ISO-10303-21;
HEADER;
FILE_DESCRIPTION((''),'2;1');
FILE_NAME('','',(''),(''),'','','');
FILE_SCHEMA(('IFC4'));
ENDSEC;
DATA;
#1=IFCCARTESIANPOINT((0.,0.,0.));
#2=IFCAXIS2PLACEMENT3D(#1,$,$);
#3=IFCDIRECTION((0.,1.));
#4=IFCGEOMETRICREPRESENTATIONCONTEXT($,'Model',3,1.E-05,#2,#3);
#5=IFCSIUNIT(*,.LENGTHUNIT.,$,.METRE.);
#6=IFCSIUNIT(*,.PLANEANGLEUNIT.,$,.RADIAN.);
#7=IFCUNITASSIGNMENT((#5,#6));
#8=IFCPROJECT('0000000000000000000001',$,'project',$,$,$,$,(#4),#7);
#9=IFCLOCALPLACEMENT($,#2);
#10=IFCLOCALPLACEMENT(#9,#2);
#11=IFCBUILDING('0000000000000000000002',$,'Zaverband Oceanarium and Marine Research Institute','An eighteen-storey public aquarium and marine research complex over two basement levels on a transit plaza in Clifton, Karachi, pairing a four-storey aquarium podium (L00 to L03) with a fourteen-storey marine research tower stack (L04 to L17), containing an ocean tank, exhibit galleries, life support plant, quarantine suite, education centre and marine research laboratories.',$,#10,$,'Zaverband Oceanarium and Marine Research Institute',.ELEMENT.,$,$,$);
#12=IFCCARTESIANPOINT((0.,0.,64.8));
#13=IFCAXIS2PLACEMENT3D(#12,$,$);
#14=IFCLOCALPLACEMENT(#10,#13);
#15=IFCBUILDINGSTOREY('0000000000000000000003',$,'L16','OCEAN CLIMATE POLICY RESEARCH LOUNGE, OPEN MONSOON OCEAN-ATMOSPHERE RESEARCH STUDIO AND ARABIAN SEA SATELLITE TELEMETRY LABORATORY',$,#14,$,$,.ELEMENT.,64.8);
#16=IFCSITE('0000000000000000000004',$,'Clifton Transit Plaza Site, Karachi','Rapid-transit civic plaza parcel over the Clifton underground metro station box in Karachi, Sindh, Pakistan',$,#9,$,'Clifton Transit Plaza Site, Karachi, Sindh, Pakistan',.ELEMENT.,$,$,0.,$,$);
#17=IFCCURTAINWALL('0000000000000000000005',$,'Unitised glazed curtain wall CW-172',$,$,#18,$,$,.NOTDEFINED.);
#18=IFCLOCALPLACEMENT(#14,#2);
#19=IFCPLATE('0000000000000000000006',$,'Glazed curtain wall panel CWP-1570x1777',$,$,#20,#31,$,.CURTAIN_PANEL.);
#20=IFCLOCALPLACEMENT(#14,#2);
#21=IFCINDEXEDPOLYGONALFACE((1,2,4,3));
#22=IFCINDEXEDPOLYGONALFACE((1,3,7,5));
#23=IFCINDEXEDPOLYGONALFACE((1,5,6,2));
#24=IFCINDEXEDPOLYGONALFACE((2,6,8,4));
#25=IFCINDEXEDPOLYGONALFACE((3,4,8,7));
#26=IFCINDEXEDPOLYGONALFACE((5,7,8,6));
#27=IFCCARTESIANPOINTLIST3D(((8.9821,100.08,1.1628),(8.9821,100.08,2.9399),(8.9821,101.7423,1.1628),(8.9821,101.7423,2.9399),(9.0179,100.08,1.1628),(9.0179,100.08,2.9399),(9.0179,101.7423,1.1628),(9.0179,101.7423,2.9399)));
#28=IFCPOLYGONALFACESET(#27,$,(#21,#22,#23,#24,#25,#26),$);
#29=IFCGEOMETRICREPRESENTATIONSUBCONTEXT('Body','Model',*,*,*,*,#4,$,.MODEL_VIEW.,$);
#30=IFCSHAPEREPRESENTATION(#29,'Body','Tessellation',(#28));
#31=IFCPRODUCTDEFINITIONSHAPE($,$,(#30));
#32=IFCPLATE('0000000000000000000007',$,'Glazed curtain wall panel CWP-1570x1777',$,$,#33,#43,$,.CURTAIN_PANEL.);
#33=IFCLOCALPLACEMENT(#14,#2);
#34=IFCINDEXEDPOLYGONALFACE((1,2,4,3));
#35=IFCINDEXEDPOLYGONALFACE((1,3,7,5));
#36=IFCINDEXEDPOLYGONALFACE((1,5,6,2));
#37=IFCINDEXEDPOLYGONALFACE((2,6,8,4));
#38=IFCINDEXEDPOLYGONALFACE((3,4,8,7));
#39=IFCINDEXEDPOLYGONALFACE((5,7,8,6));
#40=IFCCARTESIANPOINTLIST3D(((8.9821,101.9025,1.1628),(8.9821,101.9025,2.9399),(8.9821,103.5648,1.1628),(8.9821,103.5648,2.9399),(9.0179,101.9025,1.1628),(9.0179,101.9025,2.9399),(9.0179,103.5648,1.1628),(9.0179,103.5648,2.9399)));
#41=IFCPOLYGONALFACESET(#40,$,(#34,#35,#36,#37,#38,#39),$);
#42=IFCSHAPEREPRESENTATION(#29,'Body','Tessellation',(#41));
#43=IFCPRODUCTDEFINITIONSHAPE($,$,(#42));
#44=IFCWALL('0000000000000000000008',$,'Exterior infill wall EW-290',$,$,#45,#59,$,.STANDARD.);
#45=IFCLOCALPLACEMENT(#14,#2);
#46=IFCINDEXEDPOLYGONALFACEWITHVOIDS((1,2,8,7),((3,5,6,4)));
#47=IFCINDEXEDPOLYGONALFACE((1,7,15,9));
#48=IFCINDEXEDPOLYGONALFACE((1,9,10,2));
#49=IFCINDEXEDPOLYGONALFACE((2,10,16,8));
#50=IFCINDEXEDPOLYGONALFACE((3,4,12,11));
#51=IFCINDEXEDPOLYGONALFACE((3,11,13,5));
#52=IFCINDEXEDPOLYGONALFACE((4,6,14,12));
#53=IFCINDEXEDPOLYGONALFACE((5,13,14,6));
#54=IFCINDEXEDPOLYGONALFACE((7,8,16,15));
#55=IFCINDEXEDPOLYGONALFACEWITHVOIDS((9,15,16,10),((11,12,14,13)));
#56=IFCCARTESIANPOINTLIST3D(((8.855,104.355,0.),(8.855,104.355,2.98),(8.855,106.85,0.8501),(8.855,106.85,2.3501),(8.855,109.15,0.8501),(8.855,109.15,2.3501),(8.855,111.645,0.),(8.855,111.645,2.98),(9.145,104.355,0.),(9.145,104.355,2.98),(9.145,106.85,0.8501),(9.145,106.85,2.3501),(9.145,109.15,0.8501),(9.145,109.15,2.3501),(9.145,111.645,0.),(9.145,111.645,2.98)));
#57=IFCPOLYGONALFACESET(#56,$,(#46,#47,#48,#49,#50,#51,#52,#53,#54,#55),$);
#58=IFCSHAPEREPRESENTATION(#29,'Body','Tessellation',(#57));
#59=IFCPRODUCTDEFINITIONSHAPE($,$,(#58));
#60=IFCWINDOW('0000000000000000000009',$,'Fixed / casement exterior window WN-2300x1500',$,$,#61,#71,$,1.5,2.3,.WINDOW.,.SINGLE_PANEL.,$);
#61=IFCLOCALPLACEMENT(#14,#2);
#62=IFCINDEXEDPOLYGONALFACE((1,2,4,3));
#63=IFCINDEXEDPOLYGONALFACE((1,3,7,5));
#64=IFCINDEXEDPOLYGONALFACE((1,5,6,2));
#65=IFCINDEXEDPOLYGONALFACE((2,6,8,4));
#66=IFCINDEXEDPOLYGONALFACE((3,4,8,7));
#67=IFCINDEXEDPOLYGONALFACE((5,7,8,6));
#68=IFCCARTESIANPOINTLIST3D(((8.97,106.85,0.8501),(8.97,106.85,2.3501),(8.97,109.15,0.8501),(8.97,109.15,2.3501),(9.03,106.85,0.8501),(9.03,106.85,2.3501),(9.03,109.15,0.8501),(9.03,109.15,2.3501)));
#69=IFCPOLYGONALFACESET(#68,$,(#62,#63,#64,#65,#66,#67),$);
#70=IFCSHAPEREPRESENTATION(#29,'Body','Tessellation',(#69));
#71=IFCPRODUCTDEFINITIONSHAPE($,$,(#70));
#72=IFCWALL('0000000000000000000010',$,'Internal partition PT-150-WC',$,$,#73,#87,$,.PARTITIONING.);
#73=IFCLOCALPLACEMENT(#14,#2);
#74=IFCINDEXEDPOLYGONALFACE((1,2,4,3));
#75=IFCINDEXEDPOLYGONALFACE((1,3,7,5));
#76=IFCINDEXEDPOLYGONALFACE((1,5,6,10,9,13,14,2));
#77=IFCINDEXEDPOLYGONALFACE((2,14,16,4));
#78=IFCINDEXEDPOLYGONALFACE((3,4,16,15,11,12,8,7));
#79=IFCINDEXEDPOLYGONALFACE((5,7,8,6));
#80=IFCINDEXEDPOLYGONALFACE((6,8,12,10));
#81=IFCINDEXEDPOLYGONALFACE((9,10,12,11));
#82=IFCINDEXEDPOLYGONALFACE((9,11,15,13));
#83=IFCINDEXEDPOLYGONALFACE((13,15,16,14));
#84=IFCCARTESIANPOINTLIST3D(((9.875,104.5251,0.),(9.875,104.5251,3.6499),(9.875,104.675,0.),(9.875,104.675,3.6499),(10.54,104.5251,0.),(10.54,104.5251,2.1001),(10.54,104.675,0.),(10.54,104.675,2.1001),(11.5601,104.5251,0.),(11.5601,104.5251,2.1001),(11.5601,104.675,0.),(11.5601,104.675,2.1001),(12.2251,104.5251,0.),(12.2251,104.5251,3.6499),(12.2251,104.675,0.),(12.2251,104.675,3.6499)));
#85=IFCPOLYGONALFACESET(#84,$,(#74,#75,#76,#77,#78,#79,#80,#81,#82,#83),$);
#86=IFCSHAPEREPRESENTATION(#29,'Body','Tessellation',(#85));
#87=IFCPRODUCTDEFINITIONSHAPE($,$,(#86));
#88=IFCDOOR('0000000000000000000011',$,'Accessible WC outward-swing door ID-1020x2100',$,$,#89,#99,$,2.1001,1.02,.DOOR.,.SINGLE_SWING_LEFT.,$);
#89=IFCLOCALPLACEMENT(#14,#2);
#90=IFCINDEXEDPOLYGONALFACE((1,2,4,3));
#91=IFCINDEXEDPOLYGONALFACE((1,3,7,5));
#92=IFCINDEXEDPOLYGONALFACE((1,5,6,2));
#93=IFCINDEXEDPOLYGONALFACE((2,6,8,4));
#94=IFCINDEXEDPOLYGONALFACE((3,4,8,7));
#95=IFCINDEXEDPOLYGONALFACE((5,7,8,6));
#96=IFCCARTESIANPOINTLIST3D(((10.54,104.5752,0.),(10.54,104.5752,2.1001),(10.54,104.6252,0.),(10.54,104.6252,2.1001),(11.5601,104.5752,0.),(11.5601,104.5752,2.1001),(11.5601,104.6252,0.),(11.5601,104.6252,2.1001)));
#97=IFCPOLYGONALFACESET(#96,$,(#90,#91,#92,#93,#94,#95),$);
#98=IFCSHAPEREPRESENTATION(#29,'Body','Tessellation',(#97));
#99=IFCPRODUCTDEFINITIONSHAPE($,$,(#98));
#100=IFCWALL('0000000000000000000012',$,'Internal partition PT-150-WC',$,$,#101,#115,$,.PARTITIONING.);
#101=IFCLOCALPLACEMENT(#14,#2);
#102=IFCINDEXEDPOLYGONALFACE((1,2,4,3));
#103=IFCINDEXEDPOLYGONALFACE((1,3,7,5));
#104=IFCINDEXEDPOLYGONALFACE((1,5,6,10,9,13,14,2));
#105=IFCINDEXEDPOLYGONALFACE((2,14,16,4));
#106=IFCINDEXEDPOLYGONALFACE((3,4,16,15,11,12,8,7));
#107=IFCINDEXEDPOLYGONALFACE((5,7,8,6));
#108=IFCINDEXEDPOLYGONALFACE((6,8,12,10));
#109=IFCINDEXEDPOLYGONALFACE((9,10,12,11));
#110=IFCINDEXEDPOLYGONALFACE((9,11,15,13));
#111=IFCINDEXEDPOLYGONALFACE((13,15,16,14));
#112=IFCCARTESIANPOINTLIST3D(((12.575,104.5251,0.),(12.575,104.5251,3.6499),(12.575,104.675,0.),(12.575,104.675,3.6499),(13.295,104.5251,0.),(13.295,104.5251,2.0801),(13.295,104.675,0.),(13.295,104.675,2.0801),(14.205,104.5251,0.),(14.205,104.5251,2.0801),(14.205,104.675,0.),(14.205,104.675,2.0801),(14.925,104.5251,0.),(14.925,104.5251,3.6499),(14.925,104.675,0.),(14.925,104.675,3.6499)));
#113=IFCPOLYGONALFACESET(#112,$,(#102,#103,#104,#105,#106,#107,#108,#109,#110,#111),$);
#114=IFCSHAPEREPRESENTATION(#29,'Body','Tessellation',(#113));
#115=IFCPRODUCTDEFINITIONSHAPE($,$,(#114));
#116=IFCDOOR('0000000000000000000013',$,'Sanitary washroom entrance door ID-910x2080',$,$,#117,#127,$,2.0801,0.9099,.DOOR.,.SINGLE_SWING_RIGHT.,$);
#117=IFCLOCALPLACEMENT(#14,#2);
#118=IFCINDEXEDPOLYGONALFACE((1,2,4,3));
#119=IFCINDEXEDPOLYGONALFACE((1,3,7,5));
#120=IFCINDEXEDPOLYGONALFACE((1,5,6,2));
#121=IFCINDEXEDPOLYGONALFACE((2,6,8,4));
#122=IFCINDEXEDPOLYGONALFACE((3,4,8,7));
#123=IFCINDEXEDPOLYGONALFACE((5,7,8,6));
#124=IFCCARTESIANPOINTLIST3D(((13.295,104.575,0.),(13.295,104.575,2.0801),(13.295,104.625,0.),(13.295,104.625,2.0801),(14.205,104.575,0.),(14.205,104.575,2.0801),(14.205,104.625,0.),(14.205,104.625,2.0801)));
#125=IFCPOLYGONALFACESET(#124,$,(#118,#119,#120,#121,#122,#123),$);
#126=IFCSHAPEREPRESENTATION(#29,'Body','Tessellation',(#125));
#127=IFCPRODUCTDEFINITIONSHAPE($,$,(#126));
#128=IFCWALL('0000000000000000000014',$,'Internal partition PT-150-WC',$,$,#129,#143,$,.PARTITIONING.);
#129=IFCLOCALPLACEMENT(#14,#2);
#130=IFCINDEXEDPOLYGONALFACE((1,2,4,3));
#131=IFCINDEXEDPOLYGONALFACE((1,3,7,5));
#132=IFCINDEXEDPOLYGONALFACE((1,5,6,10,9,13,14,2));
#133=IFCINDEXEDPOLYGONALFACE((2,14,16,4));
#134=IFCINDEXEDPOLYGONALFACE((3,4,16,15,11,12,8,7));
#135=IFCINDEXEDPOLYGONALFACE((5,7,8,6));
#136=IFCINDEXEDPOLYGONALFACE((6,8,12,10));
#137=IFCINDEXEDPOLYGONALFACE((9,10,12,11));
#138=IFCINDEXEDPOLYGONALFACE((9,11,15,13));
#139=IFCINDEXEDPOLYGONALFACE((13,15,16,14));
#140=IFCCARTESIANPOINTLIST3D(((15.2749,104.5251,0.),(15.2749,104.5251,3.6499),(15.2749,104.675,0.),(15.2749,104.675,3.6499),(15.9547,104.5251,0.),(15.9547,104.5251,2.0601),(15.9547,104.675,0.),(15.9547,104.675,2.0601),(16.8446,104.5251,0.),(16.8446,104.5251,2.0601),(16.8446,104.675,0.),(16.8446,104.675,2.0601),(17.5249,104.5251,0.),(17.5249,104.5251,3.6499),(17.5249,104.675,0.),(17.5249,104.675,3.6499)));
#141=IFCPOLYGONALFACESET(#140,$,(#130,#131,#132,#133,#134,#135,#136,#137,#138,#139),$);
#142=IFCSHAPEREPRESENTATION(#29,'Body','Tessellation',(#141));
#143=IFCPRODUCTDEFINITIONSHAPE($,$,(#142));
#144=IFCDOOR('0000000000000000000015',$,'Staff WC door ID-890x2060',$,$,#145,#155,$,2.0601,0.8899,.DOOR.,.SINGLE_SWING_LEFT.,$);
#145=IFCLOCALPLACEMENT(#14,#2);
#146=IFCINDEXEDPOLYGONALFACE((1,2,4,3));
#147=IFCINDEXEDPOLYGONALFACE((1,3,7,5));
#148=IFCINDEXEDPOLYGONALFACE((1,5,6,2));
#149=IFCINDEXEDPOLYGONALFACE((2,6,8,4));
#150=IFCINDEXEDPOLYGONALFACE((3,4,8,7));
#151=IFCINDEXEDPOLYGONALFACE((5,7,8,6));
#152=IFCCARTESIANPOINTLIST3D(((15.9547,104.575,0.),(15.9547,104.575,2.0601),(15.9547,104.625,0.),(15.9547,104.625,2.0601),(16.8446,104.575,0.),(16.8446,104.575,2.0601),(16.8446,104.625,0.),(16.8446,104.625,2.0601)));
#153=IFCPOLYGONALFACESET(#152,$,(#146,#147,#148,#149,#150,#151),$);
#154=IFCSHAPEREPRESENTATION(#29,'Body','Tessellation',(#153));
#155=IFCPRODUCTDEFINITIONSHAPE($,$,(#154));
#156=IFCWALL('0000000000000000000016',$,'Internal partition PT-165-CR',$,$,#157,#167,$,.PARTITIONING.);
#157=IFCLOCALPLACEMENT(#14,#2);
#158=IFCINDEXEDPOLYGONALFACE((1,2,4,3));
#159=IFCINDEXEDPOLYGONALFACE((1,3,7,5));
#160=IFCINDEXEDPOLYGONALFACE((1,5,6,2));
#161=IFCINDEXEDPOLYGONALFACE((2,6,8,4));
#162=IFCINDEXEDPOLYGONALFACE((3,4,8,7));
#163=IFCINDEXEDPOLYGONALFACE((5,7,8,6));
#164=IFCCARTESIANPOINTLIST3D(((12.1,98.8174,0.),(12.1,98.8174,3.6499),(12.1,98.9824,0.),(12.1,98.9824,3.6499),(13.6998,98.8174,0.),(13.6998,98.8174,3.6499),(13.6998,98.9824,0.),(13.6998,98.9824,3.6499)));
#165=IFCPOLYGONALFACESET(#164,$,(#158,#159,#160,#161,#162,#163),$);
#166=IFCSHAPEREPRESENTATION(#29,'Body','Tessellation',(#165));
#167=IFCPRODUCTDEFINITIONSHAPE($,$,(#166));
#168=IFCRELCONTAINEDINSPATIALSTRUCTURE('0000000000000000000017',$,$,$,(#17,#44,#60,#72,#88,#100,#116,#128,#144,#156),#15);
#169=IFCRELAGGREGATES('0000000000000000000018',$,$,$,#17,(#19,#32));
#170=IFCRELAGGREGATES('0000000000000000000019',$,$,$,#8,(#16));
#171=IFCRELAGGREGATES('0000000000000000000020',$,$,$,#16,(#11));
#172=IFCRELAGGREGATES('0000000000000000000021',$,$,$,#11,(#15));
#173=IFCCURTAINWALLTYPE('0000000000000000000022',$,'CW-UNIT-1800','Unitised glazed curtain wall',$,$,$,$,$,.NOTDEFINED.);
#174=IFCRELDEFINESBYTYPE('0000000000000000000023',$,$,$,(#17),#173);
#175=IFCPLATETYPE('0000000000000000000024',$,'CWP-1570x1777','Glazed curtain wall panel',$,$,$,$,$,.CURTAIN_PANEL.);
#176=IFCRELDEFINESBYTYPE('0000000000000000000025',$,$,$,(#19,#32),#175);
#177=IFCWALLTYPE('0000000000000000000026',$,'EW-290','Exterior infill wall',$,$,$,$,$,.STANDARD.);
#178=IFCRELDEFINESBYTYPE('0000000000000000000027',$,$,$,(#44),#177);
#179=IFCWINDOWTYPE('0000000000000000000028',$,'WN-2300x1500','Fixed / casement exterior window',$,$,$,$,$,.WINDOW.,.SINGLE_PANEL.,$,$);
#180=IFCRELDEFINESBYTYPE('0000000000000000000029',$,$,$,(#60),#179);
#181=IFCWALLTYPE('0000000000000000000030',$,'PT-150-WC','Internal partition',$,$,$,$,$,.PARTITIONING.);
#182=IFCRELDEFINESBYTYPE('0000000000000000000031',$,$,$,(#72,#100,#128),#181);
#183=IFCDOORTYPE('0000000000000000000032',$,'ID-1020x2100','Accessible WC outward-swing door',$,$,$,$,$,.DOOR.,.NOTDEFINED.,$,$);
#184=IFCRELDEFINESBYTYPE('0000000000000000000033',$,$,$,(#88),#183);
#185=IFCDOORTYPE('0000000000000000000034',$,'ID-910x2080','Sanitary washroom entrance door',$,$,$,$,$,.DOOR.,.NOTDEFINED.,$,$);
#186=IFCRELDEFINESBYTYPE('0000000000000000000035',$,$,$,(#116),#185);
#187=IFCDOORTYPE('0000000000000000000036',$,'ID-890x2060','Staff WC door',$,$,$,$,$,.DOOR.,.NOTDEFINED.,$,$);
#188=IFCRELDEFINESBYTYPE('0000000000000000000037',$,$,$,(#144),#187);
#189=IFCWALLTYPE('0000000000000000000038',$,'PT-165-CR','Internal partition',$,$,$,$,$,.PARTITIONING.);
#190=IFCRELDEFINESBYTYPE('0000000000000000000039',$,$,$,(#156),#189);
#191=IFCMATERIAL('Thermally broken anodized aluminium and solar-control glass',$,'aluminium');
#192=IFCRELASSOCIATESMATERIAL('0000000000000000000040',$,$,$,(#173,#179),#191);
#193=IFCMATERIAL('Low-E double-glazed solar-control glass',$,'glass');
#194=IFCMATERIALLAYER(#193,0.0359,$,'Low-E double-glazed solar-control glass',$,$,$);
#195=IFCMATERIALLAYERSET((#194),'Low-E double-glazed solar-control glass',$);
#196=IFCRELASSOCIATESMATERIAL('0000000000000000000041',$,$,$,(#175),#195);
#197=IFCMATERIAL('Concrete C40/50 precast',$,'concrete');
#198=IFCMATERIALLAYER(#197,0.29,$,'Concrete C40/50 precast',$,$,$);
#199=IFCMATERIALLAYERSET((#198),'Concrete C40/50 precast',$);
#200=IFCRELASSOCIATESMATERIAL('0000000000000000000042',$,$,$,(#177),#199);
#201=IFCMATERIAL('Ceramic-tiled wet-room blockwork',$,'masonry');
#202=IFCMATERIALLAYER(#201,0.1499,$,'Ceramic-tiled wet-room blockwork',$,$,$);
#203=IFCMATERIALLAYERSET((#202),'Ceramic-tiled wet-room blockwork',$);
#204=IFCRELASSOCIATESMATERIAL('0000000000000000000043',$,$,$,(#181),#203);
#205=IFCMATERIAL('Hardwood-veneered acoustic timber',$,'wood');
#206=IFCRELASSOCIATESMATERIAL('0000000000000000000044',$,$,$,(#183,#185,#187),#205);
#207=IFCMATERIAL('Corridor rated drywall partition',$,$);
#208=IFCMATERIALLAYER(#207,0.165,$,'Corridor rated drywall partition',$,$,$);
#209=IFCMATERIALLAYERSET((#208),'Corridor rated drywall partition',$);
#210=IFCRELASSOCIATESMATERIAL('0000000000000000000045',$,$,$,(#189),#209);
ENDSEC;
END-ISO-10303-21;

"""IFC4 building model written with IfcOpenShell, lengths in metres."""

from ifc_helpers import new_model, si_unit, direction, frame, frame_2d, origin, place, context, subcontext, project, spatial, rectangle, extrude, material, layer, layer_set, type_object, element, fill, aggregate, save


model = new_model("IFC4")

# Units and contexts
model_context = context("Model", 3, precision=1e-05, world=origin(), true_north=direction((0.0, 1.0)))
body_context = subcontext(model_context, "Body", "Model", "MODEL_VIEW")
ifc_project = project(units=[si_unit("LENGTHUNIT", "METRE"), si_unit("PLANEANGLEUNIT", "RADIAN")], contexts=[model_context])

# Site, building, storey
site_placement = place(None, origin())
site = spatial("IfcSite", under=ifc_project, at=site_placement, Name="Clifton Transit Plaza Site, Karachi", Description="Rapid-transit civic plaza parcel over the Clifton underground metro station box in Karachi, Sindh, Pakistan", LongName="Clifton Transit Plaza Site, Karachi, Sindh, Pakistan", CompositionType="ELEMENT", RefElevation=0.0)
building_placement = place(site_placement, origin())
building = spatial("IfcBuilding", under=site, at=building_placement, Name="Zaverband Oceanarium and Marine Research Institute", Description="An eighteen-storey public aquarium and marine research complex over two basement levels on a transit plaza in Clifton, Karachi, pairing a four-storey aquarium podium (L00 to L03) with a fourteen-storey marine research tower stack (L04 to L17), containing an ocean tank, exhibit galleries, life support plant, quarantine suite, education centre and marine research laboratories.", LongName="Zaverband Oceanarium and Marine Research Institute", CompositionType="ELEMENT")
storey_placement = place(building_placement, frame((0.0, 0.0, 64.8)))
storey = spatial("IfcBuildingStorey", under=building, at=storey_placement, Name="L16", Description="OCEAN CLIMATE POLICY RESEARCH LOUNGE, OPEN MONSOON OCEAN-ATMOSPHERE RESEARCH STUDIO AND ARABIAN SEA SATELLITE TELEMETRY LABORATORY", CompositionType="ELEMENT", Elevation=64.8)

# Curtain wall
ifc_material_1 = material(Name="Thermally broken anodized aluminium and solar-control glass", Category="aluminium")
curtain_wall_type = type_object("IfcCurtainWallType", Name="CW-UNIT-1800", Description="Unitised glazed curtain wall", PredefinedType="NOTDEFINED", material=ifc_material_1)
curtain_wall_placement = place(storey_placement, origin())
curtain_wall = element("IfcCurtainWall", 1, at=curtain_wall_placement, inside=storey, type_object=curtain_wall_type, Name="Unitised glazed curtain wall CW-172", PredefinedType="NOTDEFINED")

# Plates
ifc_material_2 = material(Name="Low-E double-glazed solar-control glass", Category="glass")
ifc_layer_1 = layer(ifc_material_2, 0.0359, Name="Low-E double-glazed solar-control glass")
ifc_layer_set_1 = layer_set([ifc_layer_1], Name="Low-E double-glazed solar-control glass")
plate_type_1 = type_object("IfcPlateType", Name="CWP-1570x1777", Description="Glazed curtain wall panel", PredefinedType="CURTAIN_PANEL", material=ifc_layer_set_1)
plate_1_placement = place(storey_placement, frame((9.0, 100.0801, 1.1628), z_axis=(0.0, 0.0, 1.0), x_axis=(0.0, 1.0, 0.0)))
plate_1 = element("IfcPlate", 2, at=plate_1_placement, type_object=plate_type_1, Name="Glazed curtain wall panel CWP-1570x1777", PredefinedType="CURTAIN_PANEL", context=body_context, shape_type="SweptSolid", body=[
    extrude(rectangle(XDim=1.6624, YDim=0.0359, at=frame_2d((0.8311, 0.0))), origin(), (0.0, 0.0, 1.0), 1.7771),
])
plate_2_placement = place(storey_placement, frame((9.0, 101.9026, 1.1628), z_axis=(0.0, 0.0, 1.0), x_axis=(0.0, 1.0, 0.0)))
plate_2 = element("IfcPlate", 3, at=plate_2_placement, type_object=plate_type_1, Name="Glazed curtain wall panel CWP-1570x1777", PredefinedType="CURTAIN_PANEL", context=body_context, shape_type="SweptSolid", body=[
    extrude(rectangle(XDim=1.6624, YDim=0.0359, at=frame_2d((0.8311, 0.0))), origin(), (0.0, 0.0, 1.0), 1.7771),
])
aggregate(curtain_wall, [plate_1, plate_2])

# Wall, opening, window
ifc_material_3 = material(Name="Concrete C40/50 precast", Category="concrete")
ifc_layer_2 = layer(ifc_material_3, 0.29, Name="Concrete C40/50 precast")
ifc_layer_set_2 = layer_set([ifc_layer_2], Name="Concrete C40/50 precast")
wall_type_1 = type_object("IfcWallType", Name="EW-290", Description="Exterior infill wall", PredefinedType="STANDARD", material=ifc_layer_set_2)
wall_1_placement = place(storey_placement, frame((9.0, 104.355, 0.0), z_axis=(0.0, 0.0, 1.0), x_axis=(0.0, 1.0, 0.0)))
wall_1 = element("IfcWall", 4, at=wall_1_placement, inside=storey, type_object=wall_type_1, Name="Exterior infill wall EW-290", PredefinedType="STANDARD", context=body_context, shape_type="SweptSolid", body=[
    extrude(rectangle(XDim=7.29, YDim=0.29, at=frame_2d((3.645, 0.0))), origin(), (0.0, 0.0, 1.0), 2.98),
])
opening_1_placement = place(wall_1_placement, frame((2.4951, 0.0, 0.8501)))
opening_1 = element("IfcOpeningElement", 5, at=opening_1_placement, cuts=wall_1, PredefinedType="OPENING", context=body_context, shape_type="SweptSolid", body=[
    extrude(rectangle(XDim=2.3, YDim=1.5, at=frame_2d((1.1499, 0.75))), frame((0.0, 0.157, 0.0), z_axis=(0.0, -1.0, 0.0), x_axis=(1.0, 0.0, 0.0)), (0.0, 0.0, 1.0), 0.314),
])
window_type = type_object("IfcWindowType", Name="WN-2300x1500", Description="Fixed / casement exterior window", PartitioningType="SINGLE_PANEL", PredefinedType="WINDOW", material=ifc_material_1)
window_placement = place(opening_1_placement, origin())
window = element("IfcWindow", 6, at=window_placement, inside=storey, type_object=window_type, Name="Fixed / casement exterior window WN-2300x1500", OverallHeight=1.5, OverallWidth=2.3, PartitioningType="SINGLE_PANEL", PredefinedType="WINDOW", context=body_context, shape_type="SweptSolid", body=[
    extrude(rectangle(XDim=2.3, YDim=1.5, at=frame_2d((1.1499, 0.75))), frame((0.0, 0.03, 0.0), z_axis=(0.0, -1.0, 0.0), x_axis=(1.0, 0.0, 0.0)), (0.0, 0.0, 1.0), 0.0601),
])
fill(opening_1, window)

# Walls, openings, doors
ifc_material_4 = material(Name="Ceramic-tiled wet-room blockwork", Category="masonry")
ifc_layer_3 = layer(ifc_material_4, 0.1499, Name="Ceramic-tiled wet-room blockwork")
ifc_layer_set_3 = layer_set([ifc_layer_3], Name="Ceramic-tiled wet-room blockwork")
wall_type_2 = type_object("IfcWallType", Name="PT-150-WC", Description="Internal partition", PredefinedType="PARTITIONING", material=ifc_layer_set_3)
wall_2_placement = place(storey_placement, frame((9.875, 104.6001, 0.0), z_axis=(0.0, 0.0, 1.0), x_axis=(1.0, 0.0, 0.0)))
wall_2 = element("IfcWall", 7, at=wall_2_placement, inside=storey, type_object=wall_type_2, Name="Internal partition PT-150-WC", PredefinedType="PARTITIONING", context=body_context, shape_type="SweptSolid", body=[
    extrude(rectangle(XDim=2.3501, YDim=0.1499, at=frame_2d((1.175, 0.0))), origin(), (0.0, 0.0, 1.0), 3.6499),
])
opening_2_placement = place(wall_2_placement, frame((0.665, 0.0, 0.0)))
opening_2 = element("IfcOpeningElement", 8, at=opening_2_placement, cuts=wall_2, PredefinedType="OPENING", context=body_context, shape_type="SweptSolid", body=[
    extrude(rectangle(XDim=1.02, YDim=2.1001, at=frame_2d((0.51, 1.05))), frame((0.0, 0.0869, 0.0), z_axis=(0.0, -1.0, 0.0), x_axis=(1.0, 0.0, 0.0)), (0.0, 0.0, 1.0), 0.1738),
])
ifc_material_5 = material(Name="Hardwood-veneered acoustic timber", Category="wood")
door_type_1 = type_object("IfcDoorType", Name="ID-1020x2100", Description="Accessible WC outward-swing door", OperationType="NOTDEFINED", PredefinedType="DOOR", material=ifc_material_5)
door_1_placement = place(opening_2_placement, frame((1.02, 0.0, 0.0), z_axis=(0.0, 0.0, 1.0), x_axis=(-1.0, 0.0, 0.0)))
door_1 = element("IfcDoor", 9, at=door_1_placement, inside=storey, type_object=door_type_1, Name="Accessible WC outward-swing door ID-1020x2100", OperationType="SINGLE_SWING_LEFT", OverallHeight=2.1001, OverallWidth=1.02, PredefinedType="DOOR", context=body_context, shape_type="SweptSolid", body=[
    extrude(rectangle(XDim=1.02, YDim=2.1001, at=frame_2d((0.51, 1.05))), frame((0.0, 0.0249, 0.0), z_axis=(0.0, -1.0, 0.0), x_axis=(1.0, 0.0, 0.0)), (0.0, 0.0, 1.0), 0.05),
])
fill(opening_2, door_1)
wall_3_placement = place(storey_placement, frame((12.575, 104.6001, 0.0), z_axis=(0.0, 0.0, 1.0), x_axis=(1.0, 0.0, 0.0)))
wall_3 = element("IfcWall", 10, at=wall_3_placement, inside=storey, type_object=wall_type_2, Name="Internal partition PT-150-WC", PredefinedType="PARTITIONING", context=body_context, shape_type="SweptSolid", body=[
    extrude(rectangle(XDim=2.3501, YDim=0.1499, at=frame_2d((1.175, 0.0))), origin(), (0.0, 0.0, 1.0), 3.6499),
])
opening_3_placement = place(wall_3_placement, frame((0.72, 0.0, 0.0)))
opening_3 = element("IfcOpeningElement", 11, at=opening_3_placement, cuts=wall_3, PredefinedType="OPENING", context=body_context, shape_type="SweptSolid", body=[
    extrude(rectangle(XDim=0.9099, YDim=2.0801, at=frame_2d((0.4551, 1.04))), frame((0.0, 0.0869, 0.0), z_axis=(0.0, -1.0, 0.0), x_axis=(1.0, 0.0, 0.0)), (0.0, 0.0, 1.0), 0.1738),
])
door_type_2 = type_object("IfcDoorType", Name="ID-910x2080", Description="Sanitary washroom entrance door", OperationType="NOTDEFINED", PredefinedType="DOOR", material=ifc_material_5)
door_2_placement = place(opening_3_placement, origin())
door_2 = element("IfcDoor", 12, at=door_2_placement, inside=storey, type_object=door_type_2, Name="Sanitary washroom entrance door ID-910x2080", OperationType="SINGLE_SWING_RIGHT", OverallHeight=2.0801, OverallWidth=0.9099, PredefinedType="DOOR", context=body_context, shape_type="SweptSolid", body=[
    extrude(rectangle(XDim=0.9099, YDim=2.0801, at=frame_2d((0.4551, 1.04))), frame((0.0, 0.0249, 0.0), z_axis=(0.0, -1.0, 0.0), x_axis=(1.0, 0.0, 0.0)), (0.0, 0.0, 1.0), 0.05),
])
fill(opening_3, door_2)
wall_4_placement = place(storey_placement, frame((15.2749, 104.6001, 0.0), z_axis=(0.0, 0.0, 1.0), x_axis=(1.0, 0.0, 0.0)))
wall_4 = element("IfcWall", 13, at=wall_4_placement, inside=storey, type_object=wall_type_2, Name="Internal partition PT-150-WC", PredefinedType="PARTITIONING", context=body_context, shape_type="SweptSolid", body=[
    extrude(rectangle(XDim=2.25, YDim=0.1499, at=frame_2d((1.125, 0.0))), origin(), (0.0, 0.0, 1.0), 3.6499),
])
opening_4_placement = place(wall_4_placement, frame((0.6799, 0.0, 0.0)))
opening_4 = element("IfcOpeningElement", 14, at=opening_4_placement, cuts=wall_4, PredefinedType="OPENING", context=body_context, shape_type="SweptSolid", body=[
    extrude(rectangle(XDim=0.8899, YDim=2.0601, at=frame_2d((0.4448, 1.03))), frame((0.0, 0.0869, 0.0), z_axis=(0.0, -1.0, 0.0), x_axis=(1.0, 0.0, 0.0)), (0.0, 0.0, 1.0), 0.1738),
])
door_type_3 = type_object("IfcDoorType", Name="ID-890x2060", Description="Staff WC door", OperationType="NOTDEFINED", PredefinedType="DOOR", material=ifc_material_5)
door_3_placement = place(opening_4_placement, origin())
door_3 = element("IfcDoor", 15, at=door_3_placement, inside=storey, type_object=door_type_3, Name="Staff WC door ID-890x2060", OperationType="SINGLE_SWING_LEFT", OverallHeight=2.0601, OverallWidth=0.8899, PredefinedType="DOOR", context=body_context, shape_type="SweptSolid", body=[
    extrude(rectangle(XDim=0.8899, YDim=2.0601, at=frame_2d((0.4448, 1.03))), frame((0.0, 0.0249, 0.0), z_axis=(0.0, -1.0, 0.0), x_axis=(1.0, 0.0, 0.0)), (0.0, 0.0, 1.0), 0.05),
])
fill(opening_4, door_3)

# Wall
ifc_material_6 = material(Name="Corridor rated drywall partition")
ifc_layer_4 = layer(ifc_material_6, 0.165, Name="Corridor rated drywall partition")
ifc_layer_set_4 = layer_set([ifc_layer_4], Name="Corridor rated drywall partition")
wall_type_3 = type_object("IfcWallType", Name="PT-165-CR", Description="Internal partition", PredefinedType="PARTITIONING", material=ifc_layer_set_4)
wall_5_placement = place(storey_placement, frame((12.1001, 98.8999, 0.0), z_axis=(0.0, 0.0, 1.0), x_axis=(1.0, 0.0, 0.0)))
element("IfcWall", 16, at=wall_5_placement, inside=storey, type_object=wall_type_3, Name="Internal partition PT-165-CR", PredefinedType="PARTITIONING", context=body_context, shape_type="SweptSolid", body=[
    extrude(rectangle(XDim=1.5999, YDim=0.165, at=frame_2d((0.7998, 0.0))), origin(), (0.0, 0.0, 1.0), 3.6499),
])

save(model, "model.ifc")
